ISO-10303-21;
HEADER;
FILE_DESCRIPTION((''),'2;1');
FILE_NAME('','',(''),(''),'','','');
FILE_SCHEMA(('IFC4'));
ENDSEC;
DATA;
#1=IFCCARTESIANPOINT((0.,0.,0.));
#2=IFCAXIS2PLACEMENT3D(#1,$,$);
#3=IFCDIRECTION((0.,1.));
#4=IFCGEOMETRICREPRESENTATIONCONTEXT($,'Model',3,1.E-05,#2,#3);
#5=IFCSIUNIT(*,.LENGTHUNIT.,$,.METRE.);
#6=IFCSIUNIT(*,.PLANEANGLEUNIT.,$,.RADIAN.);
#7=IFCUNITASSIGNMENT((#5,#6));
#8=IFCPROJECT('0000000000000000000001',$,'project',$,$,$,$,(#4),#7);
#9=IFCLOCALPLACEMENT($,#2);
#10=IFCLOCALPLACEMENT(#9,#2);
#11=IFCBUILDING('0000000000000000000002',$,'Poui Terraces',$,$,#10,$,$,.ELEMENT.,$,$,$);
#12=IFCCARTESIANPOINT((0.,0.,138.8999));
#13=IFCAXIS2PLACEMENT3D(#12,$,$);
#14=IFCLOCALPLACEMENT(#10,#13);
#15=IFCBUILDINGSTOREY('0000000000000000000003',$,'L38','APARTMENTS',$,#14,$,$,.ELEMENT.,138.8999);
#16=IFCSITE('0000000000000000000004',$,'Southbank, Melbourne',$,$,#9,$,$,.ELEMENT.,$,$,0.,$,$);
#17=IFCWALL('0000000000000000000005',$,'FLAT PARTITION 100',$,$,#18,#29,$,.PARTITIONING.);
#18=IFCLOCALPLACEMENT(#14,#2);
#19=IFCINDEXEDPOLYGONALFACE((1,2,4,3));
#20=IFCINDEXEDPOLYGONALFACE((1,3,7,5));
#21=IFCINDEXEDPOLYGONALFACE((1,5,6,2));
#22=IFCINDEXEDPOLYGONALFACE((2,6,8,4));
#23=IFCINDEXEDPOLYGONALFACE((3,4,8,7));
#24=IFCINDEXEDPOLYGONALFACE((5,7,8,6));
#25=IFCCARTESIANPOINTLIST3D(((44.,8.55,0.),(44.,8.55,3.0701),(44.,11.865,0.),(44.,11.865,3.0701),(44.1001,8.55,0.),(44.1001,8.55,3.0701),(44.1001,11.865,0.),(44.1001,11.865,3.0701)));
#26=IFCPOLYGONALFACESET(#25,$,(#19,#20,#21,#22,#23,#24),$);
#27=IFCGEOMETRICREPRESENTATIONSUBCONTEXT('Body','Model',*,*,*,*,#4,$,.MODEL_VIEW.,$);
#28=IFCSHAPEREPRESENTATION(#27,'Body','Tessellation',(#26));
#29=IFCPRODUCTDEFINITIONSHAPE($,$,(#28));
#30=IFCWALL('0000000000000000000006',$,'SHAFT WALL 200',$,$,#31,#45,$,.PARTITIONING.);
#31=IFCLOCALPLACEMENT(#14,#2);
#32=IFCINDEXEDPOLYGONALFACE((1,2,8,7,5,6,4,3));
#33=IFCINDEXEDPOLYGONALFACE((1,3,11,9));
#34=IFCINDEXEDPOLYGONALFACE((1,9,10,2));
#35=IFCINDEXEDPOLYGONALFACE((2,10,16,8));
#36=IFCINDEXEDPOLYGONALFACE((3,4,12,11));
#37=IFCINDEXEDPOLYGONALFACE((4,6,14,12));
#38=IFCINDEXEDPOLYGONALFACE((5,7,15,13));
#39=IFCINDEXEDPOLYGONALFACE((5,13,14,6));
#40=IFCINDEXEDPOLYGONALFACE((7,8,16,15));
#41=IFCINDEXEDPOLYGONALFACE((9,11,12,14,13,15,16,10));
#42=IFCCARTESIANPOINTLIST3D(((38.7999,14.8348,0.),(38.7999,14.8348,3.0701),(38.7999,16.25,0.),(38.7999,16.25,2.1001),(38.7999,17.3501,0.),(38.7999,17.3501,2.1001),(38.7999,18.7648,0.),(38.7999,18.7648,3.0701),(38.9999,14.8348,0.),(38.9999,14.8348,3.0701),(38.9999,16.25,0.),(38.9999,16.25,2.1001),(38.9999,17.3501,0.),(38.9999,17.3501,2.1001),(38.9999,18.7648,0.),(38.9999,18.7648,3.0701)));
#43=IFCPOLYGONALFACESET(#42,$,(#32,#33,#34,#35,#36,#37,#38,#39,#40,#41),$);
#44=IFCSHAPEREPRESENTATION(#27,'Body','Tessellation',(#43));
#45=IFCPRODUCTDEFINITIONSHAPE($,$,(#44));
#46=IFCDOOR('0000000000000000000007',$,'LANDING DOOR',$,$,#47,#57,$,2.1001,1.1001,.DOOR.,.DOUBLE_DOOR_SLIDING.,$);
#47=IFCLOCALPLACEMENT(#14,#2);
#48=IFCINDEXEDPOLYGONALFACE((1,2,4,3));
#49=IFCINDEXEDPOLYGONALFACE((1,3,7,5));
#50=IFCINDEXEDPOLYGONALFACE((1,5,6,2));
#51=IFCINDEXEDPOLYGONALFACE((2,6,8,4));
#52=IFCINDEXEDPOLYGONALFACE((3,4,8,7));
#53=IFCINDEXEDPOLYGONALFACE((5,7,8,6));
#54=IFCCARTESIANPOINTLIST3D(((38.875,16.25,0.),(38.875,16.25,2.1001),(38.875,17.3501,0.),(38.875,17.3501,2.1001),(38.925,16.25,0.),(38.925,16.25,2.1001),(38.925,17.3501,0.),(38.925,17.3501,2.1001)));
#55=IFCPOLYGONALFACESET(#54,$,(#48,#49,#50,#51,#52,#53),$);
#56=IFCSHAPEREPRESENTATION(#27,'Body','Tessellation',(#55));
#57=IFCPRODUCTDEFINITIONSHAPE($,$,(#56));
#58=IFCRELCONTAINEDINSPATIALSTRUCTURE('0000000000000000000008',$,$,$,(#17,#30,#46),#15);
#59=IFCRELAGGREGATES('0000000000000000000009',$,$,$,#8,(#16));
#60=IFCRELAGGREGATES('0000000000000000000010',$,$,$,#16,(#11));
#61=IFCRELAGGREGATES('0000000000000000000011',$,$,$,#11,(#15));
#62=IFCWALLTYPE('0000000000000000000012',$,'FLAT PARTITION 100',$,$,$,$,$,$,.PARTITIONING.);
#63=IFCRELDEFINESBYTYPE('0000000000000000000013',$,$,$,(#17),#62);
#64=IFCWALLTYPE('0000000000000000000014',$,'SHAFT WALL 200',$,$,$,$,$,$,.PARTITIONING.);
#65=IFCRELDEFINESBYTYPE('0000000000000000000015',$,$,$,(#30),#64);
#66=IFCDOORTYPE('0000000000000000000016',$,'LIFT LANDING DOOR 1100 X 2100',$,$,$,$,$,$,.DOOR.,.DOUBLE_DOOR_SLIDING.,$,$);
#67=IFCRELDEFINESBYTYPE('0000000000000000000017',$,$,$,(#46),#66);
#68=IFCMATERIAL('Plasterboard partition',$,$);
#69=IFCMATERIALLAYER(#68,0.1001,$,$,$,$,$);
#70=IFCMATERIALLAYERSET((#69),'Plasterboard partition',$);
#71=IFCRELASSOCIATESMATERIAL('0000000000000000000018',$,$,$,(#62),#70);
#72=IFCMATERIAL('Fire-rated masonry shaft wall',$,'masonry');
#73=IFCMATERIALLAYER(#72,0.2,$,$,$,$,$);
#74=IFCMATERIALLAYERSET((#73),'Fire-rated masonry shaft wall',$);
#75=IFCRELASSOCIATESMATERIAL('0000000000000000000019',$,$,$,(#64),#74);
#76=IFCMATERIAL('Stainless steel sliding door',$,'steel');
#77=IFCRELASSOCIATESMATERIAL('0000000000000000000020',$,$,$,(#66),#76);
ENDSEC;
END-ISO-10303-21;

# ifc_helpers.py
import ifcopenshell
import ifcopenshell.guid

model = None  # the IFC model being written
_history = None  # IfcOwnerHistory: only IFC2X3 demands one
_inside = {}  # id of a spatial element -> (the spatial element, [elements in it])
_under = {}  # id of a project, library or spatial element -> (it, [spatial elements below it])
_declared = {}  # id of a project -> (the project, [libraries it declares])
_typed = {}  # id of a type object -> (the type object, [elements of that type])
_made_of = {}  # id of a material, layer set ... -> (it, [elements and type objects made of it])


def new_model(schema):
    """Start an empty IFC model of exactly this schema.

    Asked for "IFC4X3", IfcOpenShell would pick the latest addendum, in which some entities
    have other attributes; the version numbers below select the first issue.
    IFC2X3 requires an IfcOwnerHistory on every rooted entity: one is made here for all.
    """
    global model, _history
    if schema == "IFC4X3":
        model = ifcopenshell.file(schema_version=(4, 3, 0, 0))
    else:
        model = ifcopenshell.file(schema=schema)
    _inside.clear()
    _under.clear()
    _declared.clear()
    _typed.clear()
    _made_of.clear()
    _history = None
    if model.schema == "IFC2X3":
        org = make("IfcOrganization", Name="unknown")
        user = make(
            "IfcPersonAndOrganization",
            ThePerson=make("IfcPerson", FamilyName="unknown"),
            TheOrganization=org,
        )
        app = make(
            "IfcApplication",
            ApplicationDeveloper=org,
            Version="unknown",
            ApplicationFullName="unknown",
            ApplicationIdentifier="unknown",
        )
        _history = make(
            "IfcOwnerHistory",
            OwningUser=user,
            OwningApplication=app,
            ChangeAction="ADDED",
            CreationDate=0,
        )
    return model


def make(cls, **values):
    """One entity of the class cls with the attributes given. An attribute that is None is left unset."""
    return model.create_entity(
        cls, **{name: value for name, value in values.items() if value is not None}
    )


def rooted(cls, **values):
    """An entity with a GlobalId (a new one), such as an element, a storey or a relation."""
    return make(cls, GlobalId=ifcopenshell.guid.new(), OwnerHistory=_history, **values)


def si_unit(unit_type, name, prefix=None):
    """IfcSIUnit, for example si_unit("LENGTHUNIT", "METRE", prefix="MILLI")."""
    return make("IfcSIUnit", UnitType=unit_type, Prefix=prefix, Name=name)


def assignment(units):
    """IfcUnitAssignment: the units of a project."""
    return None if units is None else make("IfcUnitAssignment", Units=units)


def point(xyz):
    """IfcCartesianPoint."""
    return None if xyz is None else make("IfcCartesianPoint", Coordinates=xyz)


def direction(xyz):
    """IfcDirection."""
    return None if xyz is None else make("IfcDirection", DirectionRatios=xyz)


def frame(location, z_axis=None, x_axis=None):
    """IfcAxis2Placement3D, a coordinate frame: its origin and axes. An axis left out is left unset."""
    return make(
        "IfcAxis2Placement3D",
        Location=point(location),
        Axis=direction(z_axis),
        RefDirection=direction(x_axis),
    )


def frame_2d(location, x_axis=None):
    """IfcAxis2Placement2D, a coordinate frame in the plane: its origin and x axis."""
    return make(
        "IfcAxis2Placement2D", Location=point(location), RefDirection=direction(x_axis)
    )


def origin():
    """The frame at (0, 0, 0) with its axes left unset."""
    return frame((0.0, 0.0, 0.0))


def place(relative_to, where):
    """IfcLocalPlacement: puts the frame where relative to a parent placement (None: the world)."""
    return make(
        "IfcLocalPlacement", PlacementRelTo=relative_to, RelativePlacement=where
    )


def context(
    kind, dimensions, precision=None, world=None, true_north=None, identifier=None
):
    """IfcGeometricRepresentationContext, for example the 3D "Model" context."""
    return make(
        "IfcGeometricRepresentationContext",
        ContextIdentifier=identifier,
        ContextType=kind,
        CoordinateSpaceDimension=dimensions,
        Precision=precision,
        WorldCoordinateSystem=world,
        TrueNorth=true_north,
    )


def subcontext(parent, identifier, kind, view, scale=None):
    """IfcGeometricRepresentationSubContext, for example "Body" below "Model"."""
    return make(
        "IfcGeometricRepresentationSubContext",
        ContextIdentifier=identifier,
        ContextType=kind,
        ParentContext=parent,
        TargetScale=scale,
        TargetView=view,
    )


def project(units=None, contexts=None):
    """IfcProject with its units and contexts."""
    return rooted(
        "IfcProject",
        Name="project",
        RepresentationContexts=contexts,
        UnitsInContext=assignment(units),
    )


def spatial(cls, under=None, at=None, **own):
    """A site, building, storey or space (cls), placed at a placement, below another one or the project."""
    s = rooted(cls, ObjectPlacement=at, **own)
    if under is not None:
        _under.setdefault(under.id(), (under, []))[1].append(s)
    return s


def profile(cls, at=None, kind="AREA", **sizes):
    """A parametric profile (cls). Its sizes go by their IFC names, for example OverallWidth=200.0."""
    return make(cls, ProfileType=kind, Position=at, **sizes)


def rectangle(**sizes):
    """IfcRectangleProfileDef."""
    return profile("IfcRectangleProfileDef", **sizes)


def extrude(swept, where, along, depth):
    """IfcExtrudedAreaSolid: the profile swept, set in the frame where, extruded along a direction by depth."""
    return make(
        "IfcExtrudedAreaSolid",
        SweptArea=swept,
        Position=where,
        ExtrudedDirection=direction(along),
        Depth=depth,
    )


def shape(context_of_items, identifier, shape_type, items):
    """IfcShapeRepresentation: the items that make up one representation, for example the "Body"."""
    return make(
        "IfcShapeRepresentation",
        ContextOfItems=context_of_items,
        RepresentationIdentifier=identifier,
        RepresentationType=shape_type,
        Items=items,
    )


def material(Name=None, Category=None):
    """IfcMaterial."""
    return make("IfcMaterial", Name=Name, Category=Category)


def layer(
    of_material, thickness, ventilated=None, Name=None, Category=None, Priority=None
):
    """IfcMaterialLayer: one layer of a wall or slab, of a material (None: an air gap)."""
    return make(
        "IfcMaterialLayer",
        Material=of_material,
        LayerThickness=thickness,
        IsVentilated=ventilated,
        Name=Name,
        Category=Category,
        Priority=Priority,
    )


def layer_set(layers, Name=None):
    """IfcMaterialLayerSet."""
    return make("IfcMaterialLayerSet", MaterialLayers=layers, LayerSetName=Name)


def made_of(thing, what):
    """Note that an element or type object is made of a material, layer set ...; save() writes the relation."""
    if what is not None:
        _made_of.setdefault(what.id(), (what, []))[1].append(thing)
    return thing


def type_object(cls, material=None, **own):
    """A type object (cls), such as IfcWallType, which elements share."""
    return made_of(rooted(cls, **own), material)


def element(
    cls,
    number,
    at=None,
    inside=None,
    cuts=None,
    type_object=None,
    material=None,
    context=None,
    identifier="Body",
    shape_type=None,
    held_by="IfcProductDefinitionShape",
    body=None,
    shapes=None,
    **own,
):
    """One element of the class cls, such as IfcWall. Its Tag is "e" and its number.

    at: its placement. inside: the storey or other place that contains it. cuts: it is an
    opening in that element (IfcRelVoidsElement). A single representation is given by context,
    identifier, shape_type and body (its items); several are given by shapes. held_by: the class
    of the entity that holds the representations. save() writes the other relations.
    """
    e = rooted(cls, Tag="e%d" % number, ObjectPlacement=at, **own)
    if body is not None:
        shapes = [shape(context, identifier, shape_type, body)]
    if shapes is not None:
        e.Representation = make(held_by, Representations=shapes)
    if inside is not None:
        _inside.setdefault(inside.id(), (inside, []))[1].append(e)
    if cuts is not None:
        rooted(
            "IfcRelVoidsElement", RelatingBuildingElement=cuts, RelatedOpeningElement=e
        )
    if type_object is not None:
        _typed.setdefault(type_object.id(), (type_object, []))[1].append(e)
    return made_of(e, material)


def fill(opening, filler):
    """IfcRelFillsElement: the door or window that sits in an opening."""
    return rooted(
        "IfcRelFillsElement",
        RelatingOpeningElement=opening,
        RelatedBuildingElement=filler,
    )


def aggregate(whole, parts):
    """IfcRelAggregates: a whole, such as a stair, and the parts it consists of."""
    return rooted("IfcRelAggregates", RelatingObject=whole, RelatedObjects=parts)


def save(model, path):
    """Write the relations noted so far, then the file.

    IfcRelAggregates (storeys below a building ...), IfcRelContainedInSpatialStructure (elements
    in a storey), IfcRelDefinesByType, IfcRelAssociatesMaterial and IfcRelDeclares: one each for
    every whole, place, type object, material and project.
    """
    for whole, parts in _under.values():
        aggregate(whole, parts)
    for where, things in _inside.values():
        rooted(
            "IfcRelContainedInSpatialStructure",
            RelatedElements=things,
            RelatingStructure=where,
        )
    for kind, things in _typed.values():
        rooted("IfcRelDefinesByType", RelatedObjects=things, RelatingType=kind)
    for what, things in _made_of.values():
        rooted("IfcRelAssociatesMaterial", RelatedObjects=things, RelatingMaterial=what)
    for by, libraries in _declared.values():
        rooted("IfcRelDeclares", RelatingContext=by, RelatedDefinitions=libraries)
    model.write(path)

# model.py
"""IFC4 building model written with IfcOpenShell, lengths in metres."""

from ifc_helpers import new_model, si_unit, direction, frame, frame_2d, origin, place, context, subcontext, project, spatial, rectangle, extrude, material, layer, layer_set, type_object, element, fill, save


model = new_model("IFC4")

# Units and contexts
model_context = context("Model", 3, precision=1e-05, world=origin(), true_north=direction((0.0, 1.0)))
body_context = subcontext(model_context, "Body", "Model", "MODEL_VIEW")
ifc_project = project(units=[si_unit("LENGTHUNIT", "METRE"), si_unit("PLANEANGLEUNIT", "RADIAN")], contexts=[model_context])

# Site, building, storey
site_placement = place(None, origin())
site = spatial("IfcSite", under=ifc_project, at=site_placement, Name="Southbank, Melbourne", CompositionType="ELEMENT", RefElevation=0.0)
building_placement = place(site_placement, origin())
building = spatial("IfcBuilding", under=site, at=building_placement, Name="Poui Terraces", CompositionType="ELEMENT")
storey_placement = place(building_placement, frame((0.0, 0.0, 138.8999)))
storey = spatial("IfcBuildingStorey", under=building, at=storey_placement, Name="L38", Description="APARTMENTS", CompositionType="ELEMENT", Elevation=138.8999)

# Shared definitions
ifc_material_1 = material(Name="Plasterboard partition")
ifc_layer_1 = layer(ifc_material_1, 0.1001)
ifc_layer_set_1 = layer_set([ifc_layer_1], Name="Plasterboard partition")
wall_type_1 = type_object("IfcWallType", Name="FLAT PARTITION 100", PredefinedType="PARTITIONING", material=ifc_layer_set_1)

# Wall
wall_1_placement = place(storey_placement, frame((44.05, 8.55, 0.0), z_axis=(0.0, 0.0, 1.0), x_axis=(0.0, 1.0, 0.0)))
element("IfcWall", 1, at=wall_1_placement, inside=storey, type_object=wall_type_1, Name="FLAT PARTITION 100", PredefinedType="PARTITIONING", context=body_context, shape_type="SweptSolid", body=[
    extrude(rectangle(XDim=3.3149, YDim=0.1001, at=frame_2d((1.6575, 0.0))), origin(), (0.0, 0.0, 1.0), 3.0701),
])

# Wall, opening, door
ifc_material_2 = material(Name="Fire-rated masonry shaft wall", Category="masonry")
ifc_layer_2 = layer(ifc_material_2, 0.2)
ifc_layer_set_2 = layer_set([ifc_layer_2], Name="Fire-rated masonry shaft wall")
wall_type_2 = type_object("IfcWallType", Name="SHAFT WALL 200", PredefinedType="PARTITIONING", material=ifc_layer_set_2)
wall_2_placement = place(storey_placement, frame((38.8999, 14.835, 0.0), z_axis=(0.0, 0.0, 1.0), x_axis=(0.0, 1.0, 0.0)))
wall_2 = element("IfcWall", 2, at=wall_2_placement, inside=storey, type_object=wall_type_2, Name="SHAFT WALL 200", PredefinedType="PARTITIONING", context=body_context, shape_type="SweptSolid", body=[
    extrude(rectangle(XDim=3.9299, YDim=0.2, at=frame_2d((1.9648, 0.0))), origin(), (0.0, 0.0, 1.0), 3.0701),
])
opening_1_placement = place(wall_2_placement, frame((1.415, 0.0, 0.0)))
opening_1 = element("IfcOpeningElement", 3, at=opening_1_placement, cuts=wall_2, PredefinedType="OPENING", context=body_context, shape_type="SweptSolid", body=[
    extrude(rectangle(XDim=1.1001, YDim=2.1001, at=frame_2d((0.55, 1.05))), frame((0.0, 0.1099, 0.0), z_axis=(0.0, -1.0, 0.0), x_axis=(1.0, 0.0, 0.0)), (0.0, 0.0, 1.0), 0.22),
])
ifc_material_3 = material(Name="Stainless steel sliding door", Category="steel")
door_type_1 = type_object("IfcDoorType", Name="LIFT LANDING DOOR 1100 X 2100", OperationType="DOUBLE_DOOR_SLIDING", PredefinedType="DOOR", material=ifc_material_3)
door_1_placement = place(opening_1_placement, origin())
door_1 = element("IfcDoor", 4, at=door_1_placement, inside=storey, type_object=door_type_1, Name="LANDING DOOR", OperationType="DOUBLE_DOOR_SLIDING", OverallHeight=2.1001, OverallWidth=1.1001, PredefinedType="DOOR", context=body_context, shape_type="SweptSolid", body=[
    extrude(rectangle(XDim=1.1001, YDim=2.1001, at=frame_2d((0.55, 1.05))), frame((0.0, 0.0249, 0.0), z_axis=(0.0, -1.0, 0.0), x_axis=(1.0, 0.0, 0.0)), (0.0, 0.0, 1.0), 0.05),
])
fill(opening_1, door_1)

save(model, "model.ifc")
